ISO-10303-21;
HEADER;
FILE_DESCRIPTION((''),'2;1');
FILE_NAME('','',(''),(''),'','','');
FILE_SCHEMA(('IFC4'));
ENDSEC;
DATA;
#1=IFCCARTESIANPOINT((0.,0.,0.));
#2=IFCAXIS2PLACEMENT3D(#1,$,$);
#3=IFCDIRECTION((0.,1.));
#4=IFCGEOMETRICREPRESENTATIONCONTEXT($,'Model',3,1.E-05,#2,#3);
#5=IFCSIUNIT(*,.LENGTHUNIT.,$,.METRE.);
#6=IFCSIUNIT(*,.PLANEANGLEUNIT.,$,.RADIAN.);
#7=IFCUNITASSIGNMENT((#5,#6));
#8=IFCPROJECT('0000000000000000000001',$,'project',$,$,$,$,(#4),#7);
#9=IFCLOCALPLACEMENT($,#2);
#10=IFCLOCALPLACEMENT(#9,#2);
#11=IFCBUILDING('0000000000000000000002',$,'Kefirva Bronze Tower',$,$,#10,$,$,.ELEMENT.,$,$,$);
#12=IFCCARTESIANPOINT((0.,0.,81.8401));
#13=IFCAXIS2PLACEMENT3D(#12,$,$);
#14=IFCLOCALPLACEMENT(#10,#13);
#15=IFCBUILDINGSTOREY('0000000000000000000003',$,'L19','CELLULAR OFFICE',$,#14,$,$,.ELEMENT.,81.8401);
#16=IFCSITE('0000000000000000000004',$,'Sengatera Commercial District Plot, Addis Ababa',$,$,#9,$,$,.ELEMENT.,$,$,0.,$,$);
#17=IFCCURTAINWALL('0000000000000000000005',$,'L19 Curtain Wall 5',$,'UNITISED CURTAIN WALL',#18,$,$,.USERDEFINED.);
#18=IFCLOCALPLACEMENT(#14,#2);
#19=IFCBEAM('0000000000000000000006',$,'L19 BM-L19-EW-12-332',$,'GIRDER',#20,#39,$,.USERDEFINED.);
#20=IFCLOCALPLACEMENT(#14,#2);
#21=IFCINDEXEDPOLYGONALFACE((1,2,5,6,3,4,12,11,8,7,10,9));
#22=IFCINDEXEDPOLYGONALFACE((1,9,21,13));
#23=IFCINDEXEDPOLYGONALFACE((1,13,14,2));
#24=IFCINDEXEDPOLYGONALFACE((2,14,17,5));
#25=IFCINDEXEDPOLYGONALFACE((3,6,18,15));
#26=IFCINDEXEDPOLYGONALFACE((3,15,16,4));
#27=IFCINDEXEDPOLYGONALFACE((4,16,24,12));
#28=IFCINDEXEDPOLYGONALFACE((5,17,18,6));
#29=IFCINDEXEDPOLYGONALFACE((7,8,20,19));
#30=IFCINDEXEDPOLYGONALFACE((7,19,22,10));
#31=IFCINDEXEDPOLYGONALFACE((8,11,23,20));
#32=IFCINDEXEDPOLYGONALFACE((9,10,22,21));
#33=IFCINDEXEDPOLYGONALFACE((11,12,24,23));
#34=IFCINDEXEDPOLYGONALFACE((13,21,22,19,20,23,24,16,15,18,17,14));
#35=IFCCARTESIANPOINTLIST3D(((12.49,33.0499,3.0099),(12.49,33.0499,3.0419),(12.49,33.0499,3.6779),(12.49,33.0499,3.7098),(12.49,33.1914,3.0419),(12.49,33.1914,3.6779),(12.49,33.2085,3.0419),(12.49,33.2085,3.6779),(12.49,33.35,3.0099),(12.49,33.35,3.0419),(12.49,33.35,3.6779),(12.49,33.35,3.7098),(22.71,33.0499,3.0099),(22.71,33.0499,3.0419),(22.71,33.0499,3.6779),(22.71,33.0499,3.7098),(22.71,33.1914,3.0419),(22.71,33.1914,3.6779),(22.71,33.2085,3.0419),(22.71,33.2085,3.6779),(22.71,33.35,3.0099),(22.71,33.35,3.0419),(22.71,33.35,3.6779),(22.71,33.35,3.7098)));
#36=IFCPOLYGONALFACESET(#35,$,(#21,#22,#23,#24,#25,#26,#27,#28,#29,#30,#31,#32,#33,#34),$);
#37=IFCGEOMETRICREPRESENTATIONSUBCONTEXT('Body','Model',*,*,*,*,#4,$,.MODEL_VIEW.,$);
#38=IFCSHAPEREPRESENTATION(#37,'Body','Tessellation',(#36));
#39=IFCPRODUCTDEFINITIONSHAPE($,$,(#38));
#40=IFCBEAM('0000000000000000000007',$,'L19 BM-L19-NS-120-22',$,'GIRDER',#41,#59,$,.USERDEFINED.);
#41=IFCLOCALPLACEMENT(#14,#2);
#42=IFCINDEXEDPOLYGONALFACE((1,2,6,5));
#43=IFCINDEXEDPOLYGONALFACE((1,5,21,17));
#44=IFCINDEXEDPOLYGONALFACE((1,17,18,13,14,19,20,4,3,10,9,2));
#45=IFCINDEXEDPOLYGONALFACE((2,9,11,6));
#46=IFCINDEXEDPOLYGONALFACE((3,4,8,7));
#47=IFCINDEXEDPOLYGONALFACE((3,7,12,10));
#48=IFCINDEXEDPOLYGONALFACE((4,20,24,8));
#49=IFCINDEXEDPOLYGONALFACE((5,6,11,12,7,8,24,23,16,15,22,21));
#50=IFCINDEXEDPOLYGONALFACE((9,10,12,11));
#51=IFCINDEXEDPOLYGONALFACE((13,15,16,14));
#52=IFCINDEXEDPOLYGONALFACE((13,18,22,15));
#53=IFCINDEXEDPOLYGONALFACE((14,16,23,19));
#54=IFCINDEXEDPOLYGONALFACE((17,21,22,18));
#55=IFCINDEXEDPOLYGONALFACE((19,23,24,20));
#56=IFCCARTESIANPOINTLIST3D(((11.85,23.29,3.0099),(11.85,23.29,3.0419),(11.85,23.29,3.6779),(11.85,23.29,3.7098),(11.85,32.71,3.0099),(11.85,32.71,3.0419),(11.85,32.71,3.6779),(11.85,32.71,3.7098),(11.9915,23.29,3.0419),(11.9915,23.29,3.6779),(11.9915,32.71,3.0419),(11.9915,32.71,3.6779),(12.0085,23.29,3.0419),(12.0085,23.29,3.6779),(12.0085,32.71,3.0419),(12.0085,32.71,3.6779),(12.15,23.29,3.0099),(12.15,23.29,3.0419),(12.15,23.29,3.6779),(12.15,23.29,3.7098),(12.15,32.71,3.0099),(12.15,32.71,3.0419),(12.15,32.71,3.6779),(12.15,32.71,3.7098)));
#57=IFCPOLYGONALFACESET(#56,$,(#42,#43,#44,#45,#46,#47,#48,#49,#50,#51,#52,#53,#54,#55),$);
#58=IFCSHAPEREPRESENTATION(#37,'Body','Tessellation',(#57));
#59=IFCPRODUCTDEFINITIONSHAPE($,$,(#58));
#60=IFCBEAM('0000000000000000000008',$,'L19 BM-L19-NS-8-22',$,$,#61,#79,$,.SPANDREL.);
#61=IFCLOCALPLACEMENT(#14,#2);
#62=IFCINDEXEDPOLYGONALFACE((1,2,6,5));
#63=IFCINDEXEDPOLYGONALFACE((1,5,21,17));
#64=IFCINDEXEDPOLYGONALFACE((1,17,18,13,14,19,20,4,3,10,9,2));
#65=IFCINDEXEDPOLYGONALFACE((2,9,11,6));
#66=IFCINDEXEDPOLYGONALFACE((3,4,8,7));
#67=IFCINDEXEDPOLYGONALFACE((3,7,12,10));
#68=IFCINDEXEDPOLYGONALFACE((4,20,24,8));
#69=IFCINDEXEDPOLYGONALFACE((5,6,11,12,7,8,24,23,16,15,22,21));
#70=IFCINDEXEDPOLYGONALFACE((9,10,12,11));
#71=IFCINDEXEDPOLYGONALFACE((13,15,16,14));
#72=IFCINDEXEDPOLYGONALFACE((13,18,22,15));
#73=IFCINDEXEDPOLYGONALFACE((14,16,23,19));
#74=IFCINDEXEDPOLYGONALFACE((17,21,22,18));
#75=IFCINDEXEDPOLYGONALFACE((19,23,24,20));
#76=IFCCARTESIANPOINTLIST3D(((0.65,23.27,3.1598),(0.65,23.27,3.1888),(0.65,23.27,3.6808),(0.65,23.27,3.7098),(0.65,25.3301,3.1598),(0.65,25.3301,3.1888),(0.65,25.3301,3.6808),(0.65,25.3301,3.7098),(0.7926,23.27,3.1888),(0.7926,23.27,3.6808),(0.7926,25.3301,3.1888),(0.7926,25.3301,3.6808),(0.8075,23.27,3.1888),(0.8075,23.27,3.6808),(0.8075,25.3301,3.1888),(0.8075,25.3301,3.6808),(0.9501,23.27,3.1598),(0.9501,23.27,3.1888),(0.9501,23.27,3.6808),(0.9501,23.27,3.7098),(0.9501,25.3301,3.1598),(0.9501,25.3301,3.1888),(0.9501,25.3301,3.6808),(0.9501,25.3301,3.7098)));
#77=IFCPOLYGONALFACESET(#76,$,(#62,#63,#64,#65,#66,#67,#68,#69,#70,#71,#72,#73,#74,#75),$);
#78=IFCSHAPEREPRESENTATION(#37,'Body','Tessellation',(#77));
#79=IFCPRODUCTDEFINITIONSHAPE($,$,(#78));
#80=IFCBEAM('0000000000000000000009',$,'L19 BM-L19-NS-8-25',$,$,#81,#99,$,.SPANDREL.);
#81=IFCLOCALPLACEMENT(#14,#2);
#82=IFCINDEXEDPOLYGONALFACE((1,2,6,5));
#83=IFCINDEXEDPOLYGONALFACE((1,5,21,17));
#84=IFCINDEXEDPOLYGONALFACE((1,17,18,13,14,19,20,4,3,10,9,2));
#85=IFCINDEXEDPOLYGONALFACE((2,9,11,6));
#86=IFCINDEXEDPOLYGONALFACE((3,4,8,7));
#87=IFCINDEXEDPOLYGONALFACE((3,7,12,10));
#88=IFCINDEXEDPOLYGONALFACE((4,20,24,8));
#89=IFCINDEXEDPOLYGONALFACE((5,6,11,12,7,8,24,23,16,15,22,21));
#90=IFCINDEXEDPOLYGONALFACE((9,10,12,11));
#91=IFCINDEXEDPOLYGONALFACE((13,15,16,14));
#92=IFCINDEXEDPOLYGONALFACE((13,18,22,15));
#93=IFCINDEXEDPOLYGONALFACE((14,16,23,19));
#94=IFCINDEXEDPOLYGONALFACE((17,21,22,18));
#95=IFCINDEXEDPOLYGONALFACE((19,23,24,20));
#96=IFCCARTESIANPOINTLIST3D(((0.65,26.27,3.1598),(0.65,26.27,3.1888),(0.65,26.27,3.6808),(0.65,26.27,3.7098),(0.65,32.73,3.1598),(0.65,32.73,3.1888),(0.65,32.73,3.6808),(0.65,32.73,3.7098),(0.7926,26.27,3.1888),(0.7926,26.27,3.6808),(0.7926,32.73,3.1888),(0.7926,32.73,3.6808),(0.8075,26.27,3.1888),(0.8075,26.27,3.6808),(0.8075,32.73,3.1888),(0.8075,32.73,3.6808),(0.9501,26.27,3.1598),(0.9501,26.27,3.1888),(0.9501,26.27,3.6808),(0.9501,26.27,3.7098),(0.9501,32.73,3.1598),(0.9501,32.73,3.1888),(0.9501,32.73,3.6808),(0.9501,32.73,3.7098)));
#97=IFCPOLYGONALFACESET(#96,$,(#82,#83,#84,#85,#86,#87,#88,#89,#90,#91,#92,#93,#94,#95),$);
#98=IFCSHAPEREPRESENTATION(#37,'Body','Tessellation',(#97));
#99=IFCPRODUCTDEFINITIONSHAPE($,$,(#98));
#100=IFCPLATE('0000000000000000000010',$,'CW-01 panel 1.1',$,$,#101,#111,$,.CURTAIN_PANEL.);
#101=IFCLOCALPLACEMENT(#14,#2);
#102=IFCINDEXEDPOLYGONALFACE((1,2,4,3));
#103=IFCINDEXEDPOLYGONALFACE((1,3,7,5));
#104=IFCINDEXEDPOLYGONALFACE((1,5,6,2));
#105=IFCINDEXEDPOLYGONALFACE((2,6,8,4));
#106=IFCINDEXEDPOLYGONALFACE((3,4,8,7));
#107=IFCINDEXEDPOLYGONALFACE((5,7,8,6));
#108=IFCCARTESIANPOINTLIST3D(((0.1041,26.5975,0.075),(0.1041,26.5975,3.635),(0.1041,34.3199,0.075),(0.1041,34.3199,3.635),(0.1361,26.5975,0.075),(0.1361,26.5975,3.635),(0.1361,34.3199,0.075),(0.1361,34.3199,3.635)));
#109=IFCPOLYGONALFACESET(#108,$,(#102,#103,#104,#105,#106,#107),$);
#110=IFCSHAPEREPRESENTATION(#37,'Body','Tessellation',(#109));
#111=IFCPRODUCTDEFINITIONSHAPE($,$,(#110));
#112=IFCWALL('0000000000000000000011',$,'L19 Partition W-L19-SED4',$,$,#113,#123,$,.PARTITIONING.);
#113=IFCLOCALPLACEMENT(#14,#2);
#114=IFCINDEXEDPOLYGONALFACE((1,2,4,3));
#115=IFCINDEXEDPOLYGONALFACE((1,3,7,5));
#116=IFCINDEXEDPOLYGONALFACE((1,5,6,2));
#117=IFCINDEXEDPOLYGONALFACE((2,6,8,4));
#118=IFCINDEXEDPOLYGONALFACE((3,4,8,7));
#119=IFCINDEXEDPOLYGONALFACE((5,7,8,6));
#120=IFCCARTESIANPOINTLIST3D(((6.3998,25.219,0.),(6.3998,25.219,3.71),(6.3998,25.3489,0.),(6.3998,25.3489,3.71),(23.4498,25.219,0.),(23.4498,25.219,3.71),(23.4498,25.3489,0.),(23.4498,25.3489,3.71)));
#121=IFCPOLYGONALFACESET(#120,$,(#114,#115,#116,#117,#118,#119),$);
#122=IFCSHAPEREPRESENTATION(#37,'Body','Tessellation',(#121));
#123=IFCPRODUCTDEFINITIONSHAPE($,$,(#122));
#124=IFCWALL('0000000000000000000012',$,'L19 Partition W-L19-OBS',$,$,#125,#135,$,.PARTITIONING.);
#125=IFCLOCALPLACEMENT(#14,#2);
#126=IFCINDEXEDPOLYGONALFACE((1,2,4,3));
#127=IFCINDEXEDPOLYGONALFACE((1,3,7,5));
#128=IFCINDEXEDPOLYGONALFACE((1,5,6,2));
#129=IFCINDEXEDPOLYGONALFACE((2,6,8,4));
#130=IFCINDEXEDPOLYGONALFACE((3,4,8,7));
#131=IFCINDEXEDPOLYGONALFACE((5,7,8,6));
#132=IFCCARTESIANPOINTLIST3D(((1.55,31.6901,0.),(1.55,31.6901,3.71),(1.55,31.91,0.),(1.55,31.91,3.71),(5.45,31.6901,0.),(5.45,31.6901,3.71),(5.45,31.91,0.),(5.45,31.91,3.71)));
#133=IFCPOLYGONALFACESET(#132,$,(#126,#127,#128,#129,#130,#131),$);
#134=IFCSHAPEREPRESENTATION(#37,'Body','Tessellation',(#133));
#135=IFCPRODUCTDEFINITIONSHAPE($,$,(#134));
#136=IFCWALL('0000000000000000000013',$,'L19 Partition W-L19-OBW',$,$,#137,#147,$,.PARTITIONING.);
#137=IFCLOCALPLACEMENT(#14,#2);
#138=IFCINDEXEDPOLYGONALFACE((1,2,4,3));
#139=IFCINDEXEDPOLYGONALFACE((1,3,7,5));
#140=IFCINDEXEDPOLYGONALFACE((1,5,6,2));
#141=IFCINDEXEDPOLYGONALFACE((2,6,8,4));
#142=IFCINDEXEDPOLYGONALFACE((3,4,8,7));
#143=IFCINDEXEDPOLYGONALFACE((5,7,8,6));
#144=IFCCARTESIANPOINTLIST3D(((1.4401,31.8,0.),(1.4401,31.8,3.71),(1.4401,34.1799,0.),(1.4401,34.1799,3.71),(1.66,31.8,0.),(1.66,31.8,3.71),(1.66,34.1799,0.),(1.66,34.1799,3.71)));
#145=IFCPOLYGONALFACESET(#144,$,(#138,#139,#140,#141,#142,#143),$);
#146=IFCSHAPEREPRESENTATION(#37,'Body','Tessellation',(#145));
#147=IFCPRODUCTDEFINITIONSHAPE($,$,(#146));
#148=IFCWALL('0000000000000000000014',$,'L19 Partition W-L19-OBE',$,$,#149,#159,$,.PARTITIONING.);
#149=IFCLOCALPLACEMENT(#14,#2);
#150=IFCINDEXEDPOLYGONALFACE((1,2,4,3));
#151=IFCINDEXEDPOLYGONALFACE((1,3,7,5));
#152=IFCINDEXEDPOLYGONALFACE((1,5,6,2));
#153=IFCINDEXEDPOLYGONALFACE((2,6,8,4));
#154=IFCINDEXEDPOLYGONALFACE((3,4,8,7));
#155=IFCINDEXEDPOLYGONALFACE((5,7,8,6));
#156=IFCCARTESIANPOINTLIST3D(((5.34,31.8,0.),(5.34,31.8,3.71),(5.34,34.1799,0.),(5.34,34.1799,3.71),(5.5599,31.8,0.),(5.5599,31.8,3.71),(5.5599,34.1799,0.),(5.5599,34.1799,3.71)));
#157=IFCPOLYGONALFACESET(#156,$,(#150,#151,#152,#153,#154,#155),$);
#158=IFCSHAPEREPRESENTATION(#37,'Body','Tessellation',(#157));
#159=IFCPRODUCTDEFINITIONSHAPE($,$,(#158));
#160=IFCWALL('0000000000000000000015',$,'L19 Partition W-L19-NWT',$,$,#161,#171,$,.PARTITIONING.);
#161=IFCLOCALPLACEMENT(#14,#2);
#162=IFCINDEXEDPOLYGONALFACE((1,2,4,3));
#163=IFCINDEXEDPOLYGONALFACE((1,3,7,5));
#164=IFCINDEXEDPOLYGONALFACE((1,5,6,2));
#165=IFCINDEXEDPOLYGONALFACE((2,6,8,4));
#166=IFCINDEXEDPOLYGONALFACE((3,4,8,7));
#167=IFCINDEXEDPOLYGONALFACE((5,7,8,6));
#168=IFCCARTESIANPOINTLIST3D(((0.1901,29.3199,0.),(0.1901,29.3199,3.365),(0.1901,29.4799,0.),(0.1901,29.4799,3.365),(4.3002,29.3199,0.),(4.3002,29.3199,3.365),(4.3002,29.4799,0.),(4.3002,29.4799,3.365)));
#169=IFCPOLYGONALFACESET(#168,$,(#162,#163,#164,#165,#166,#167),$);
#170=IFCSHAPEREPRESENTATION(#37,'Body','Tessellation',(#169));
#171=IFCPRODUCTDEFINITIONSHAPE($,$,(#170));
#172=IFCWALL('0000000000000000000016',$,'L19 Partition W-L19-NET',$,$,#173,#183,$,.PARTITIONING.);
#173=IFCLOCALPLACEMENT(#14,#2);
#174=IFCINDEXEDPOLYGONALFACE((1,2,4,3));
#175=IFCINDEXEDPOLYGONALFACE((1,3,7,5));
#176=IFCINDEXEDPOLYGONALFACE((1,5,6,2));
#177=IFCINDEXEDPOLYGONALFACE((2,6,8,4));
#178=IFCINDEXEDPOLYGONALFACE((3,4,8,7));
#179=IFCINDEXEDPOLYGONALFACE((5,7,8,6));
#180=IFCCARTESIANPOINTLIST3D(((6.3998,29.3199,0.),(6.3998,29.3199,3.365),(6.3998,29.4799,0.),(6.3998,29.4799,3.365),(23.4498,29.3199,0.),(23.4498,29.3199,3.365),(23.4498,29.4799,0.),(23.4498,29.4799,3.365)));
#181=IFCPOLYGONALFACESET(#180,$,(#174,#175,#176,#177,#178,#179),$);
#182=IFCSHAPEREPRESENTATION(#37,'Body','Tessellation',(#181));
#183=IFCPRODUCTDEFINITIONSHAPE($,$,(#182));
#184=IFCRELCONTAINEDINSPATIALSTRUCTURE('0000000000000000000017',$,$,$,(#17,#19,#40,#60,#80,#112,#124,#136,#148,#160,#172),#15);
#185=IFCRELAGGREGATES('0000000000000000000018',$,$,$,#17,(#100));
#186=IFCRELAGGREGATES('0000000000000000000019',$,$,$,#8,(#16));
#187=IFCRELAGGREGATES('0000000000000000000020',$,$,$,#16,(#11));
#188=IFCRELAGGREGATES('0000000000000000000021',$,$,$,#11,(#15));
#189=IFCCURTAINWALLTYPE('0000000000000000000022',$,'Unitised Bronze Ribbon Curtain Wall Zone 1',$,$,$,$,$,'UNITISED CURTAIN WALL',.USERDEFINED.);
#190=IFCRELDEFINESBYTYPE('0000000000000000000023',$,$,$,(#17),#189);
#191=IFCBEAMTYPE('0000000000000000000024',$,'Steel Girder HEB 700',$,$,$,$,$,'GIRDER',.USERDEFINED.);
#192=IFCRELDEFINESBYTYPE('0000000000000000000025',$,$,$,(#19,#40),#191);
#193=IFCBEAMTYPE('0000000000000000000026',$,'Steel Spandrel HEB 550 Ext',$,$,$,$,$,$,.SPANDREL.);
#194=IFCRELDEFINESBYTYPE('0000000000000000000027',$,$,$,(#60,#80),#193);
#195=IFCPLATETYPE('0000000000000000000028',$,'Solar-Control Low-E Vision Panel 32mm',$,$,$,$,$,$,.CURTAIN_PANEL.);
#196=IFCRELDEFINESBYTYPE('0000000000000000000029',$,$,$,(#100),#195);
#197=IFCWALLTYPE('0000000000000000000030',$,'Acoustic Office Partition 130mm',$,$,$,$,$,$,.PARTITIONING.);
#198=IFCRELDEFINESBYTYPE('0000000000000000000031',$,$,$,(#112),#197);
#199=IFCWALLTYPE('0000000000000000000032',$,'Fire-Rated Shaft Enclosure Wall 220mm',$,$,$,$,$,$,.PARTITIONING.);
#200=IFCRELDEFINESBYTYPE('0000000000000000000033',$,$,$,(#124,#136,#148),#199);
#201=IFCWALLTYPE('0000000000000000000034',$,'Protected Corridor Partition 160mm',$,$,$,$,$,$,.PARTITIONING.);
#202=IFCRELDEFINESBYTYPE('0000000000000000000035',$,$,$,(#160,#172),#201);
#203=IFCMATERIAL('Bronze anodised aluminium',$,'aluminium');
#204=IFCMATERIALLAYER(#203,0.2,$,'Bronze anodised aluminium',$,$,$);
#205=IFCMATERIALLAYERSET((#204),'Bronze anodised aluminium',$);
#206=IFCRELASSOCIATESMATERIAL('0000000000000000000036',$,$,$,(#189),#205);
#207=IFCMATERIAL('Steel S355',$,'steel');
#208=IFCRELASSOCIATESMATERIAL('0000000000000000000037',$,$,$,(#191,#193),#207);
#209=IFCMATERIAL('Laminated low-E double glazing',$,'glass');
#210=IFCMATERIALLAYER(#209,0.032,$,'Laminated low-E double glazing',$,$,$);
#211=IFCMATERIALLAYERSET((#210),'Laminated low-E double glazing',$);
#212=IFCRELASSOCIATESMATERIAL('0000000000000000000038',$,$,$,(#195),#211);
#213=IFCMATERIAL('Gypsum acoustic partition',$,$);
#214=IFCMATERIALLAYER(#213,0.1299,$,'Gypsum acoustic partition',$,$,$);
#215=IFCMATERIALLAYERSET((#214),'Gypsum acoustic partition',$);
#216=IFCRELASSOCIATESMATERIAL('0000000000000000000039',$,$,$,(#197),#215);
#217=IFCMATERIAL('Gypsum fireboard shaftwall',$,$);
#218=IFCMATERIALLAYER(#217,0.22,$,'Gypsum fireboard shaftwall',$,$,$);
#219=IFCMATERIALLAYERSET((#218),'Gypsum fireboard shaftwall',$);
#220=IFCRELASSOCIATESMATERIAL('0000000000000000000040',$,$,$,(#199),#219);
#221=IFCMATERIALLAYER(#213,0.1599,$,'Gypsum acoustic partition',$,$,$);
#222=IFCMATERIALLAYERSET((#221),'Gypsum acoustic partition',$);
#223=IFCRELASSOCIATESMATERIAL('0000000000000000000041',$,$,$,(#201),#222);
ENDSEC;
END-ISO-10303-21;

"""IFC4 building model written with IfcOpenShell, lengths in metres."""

from ifc_helpers import new_model, si_unit, direction, frame, frame_2d, origin, origin_2d, place, context, subcontext, project, spatial, rectangle, i_section, extrude, material, layer, layer_set, material_profile, profile_set, type_object, element, aggregate, save


model = new_model("IFC4")

# Units and contexts
model_context = context("Model", 3, precision=1e-05, world=origin(), true_north=direction((0.0, 1.0)))
body_context = subcontext(model_context, "Body", "Model", "MODEL_VIEW")
ifc_project = project(units=[si_unit("LENGTHUNIT", "METRE"), si_unit("PLANEANGLEUNIT", "RADIAN")], contexts=[model_context])

# Site, building, storey
site_placement = place(None, origin())
site = spatial("IfcSite", under=ifc_project, at=site_placement, Name="Sengatera Commercial District Plot, Addis Ababa", CompositionType="ELEMENT", RefElevation=0.0)
building_placement = place(site_placement, origin())
building = spatial("IfcBuilding", under=site, at=building_placement, Name="Kefirva Bronze Tower", CompositionType="ELEMENT")
storey_placement = place(building_placement, frame((0.0, 0.0, 81.8401)))
storey = spatial("IfcBuildingStorey", under=building, at=storey_placement, Name="L19", Description="CELLULAR OFFICE", CompositionType="ELEMENT", Elevation=81.8401)

# Curtain wall
ifc_material_1 = material(Name="Bronze anodised aluminium", Category="aluminium")
ifc_layer_1 = layer(ifc_material_1, 0.2, Name="Bronze anodised aluminium")
ifc_layer_set_1 = layer_set([ifc_layer_1], Name="Bronze anodised aluminium")
curtain_wall_type = type_object("IfcCurtainWallType", Name="Unitised Bronze Ribbon Curtain Wall Zone 1", ElementType="UNITISED CURTAIN WALL", PredefinedType="USERDEFINED", material=ifc_layer_set_1)
curtain_wall_placement = place(storey_placement, origin())
curtain_wall = element("IfcCurtainWall", 1, at=curtain_wall_placement, inside=storey, type_object=curtain_wall_type, Name="L19 Curtain Wall 5", ObjectType="UNITISED CURTAIN WALL", PredefinedType="USERDEFINED")

# Beams
ifc_material_2 = material(Name="Steel S355", Category="steel")
ifc_material_profile_1 = material_profile(ifc_material_2, i_section(OverallWidth=0.3, OverallDepth=0.7, WebThickness=0.0171, FlangeThickness=0.032, at=origin_2d()), Name="HEB 700")
ifc_profile_set_1 = profile_set([ifc_material_profile_1], Name="Steel S355")
beam_type_1 = type_object("IfcBeamType", Name="Steel Girder HEB 700", ElementType="GIRDER", PredefinedType="USERDEFINED", material=ifc_profile_set_1)
beam_1_placement = place(storey_placement, frame((12.49, 33.2, 3.3599), z_axis=(1.0, 0.0, 0.0), x_axis=(0.0, 1.0, 0.0)))
element("IfcBeam", 2, at=beam_1_placement, inside=storey, type_object=beam_type_1, Name="L19 BM-L19-EW-12-332", ObjectType="GIRDER", PredefinedType="USERDEFINED", context=body_context, shape_type="SweptSolid", body=[
    extrude(i_section(OverallWidth=0.3, OverallDepth=0.7, WebThickness=0.0171, FlangeThickness=0.032, at=origin_2d()), origin(), (0.0, 0.0, 1.0), 10.22),
])
beam_2_placement = place(storey_placement, frame((12.0, 23.29, 3.3599), z_axis=(0.0, 1.0, 0.0), x_axis=(-1.0, 0.0, 0.0)))
element("IfcBeam", 3, at=beam_2_placement, inside=storey, type_object=beam_type_1, Name="L19 BM-L19-NS-120-22", ObjectType="GIRDER", PredefinedType="USERDEFINED", context=body_context, shape_type="SweptSolid", body=[
    extrude(i_section(OverallWidth=0.3, OverallDepth=0.7, WebThickness=0.0171, FlangeThickness=0.032, at=origin_2d()), origin(), (0.0, 0.0, 1.0), 9.4199),
])
ifc_material_profile_2 = material_profile(ifc_material_2, i_section(OverallWidth=0.3, OverallDepth=0.55, WebThickness=0.0149, FlangeThickness=0.0291, at=origin_2d()), Name="HEB 550")
ifc_profile_set_2 = profile_set([ifc_material_profile_2], Name="Steel S355")
beam_type_2 = type_object("IfcBeamType", Name="Steel Spandrel HEB 550 Ext", PredefinedType="SPANDREL", material=ifc_profile_set_2)
beam_3_placement = place(storey_placement, frame((0.8, 23.27, 3.4348), z_axis=(0.0, 1.0, 0.0), x_axis=(-1.0, 0.0, 0.0)))
element("IfcBeam", 4, at=beam_3_placement, inside=storey, type_object=beam_type_2, Name="L19 BM-L19-NS-8-22", PredefinedType="SPANDREL", context=body_context, shape_type="SweptSolid", body=[
    extrude(i_section(OverallWidth=0.3, OverallDepth=0.55, WebThickness=0.0149, FlangeThickness=0.0291, at=origin_2d()), origin(), (0.0, 0.0, 1.0), 2.0601),
])
beam_4_placement = place(storey_placement, frame((0.8, 26.27, 3.4348), z_axis=(0.0, 1.0, 0.0), x_axis=(-1.0, 0.0, 0.0)))
element("IfcBeam", 5, at=beam_4_placement, inside=storey, type_object=beam_type_2, Name="L19 BM-L19-NS-8-25", PredefinedType="SPANDREL", context=body_context, shape_type="SweptSolid", body=[
    extrude(i_section(OverallWidth=0.3, OverallDepth=0.55, WebThickness=0.0149, FlangeThickness=0.0291, at=origin_2d()), origin(), (0.0, 0.0, 1.0), 6.46),
])

# Plate
ifc_material_3 = material(Name="Laminated low-E double glazing", Category="glass")
ifc_layer_2 = layer(ifc_material_3, 0.032, Name="Laminated low-E double glazing")
ifc_layer_set_2 = layer_set([ifc_layer_2], Name="Laminated low-E double glazing")
plate_type = type_object("IfcPlateType", Name="Solar-Control Low-E Vision Panel 32mm", PredefinedType="CURTAIN_PANEL", material=ifc_layer_set_2)
plate_placement = place(storey_placement, frame((0.1201, 30.4587, 0.075), z_axis=(0.0, 0.0, 1.0), x_axis=(0.0, -1.0, 0.0)))
plate = element("IfcPlate", 6, at=plate_placement, type_object=plate_type, Name="CW-01 panel 1.1", PredefinedType="CURTAIN_PANEL", context=body_context, shape_type="SweptSolid", body=[
    extrude(rectangle(XDim=7.7224, YDim=0.032, at=origin_2d()), origin(), (0.0, 0.0, 1.0), 3.5601),
])
aggregate(curtain_wall, [plate])

# Walls
ifc_material_4 = material(Name="Gypsum acoustic partition")
ifc_layer_3 = layer(ifc_material_4, 0.1299, Name="Gypsum acoustic partition")
ifc_layer_set_3 = layer_set([ifc_layer_3], Name="Gypsum acoustic partition")
wall_type_1 = type_object("IfcWallType", Name="Acoustic Office Partition 130mm", PredefinedType="PARTITIONING", material=ifc_layer_set_3)
wall_1_placement = place(storey_placement, frame((6.3999, 25.2839, 0.0), z_axis=(0.0, 0.0, 1.0), x_axis=(1.0, 0.0, 0.0)))
element("IfcWall", 7, at=wall_1_placement, inside=storey, type_object=wall_type_1, Name="L19 Partition W-L19-SED4", PredefinedType="PARTITIONING", context=body_context, shape_type="SweptSolid", body=[
    extrude(rectangle(XDim=17.05, YDim=0.1299, at=frame_2d((8.5249, 0.0))), origin(), (0.0, 0.0, 1.0), 3.71),
])
ifc_material_5 = material(Name="Gypsum fireboard shaftwall")
ifc_layer_4 = layer(ifc_material_5, 0.22, Name="Gypsum fireboard shaftwall")
ifc_layer_set_4 = layer_set([ifc_layer_4], Name="Gypsum fireboard shaftwall")
wall_type_2 = type_object("IfcWallType", Name="Fire-Rated Shaft Enclosure Wall 220mm", PredefinedType="PARTITIONING", material=ifc_layer_set_4)
wall_2_placement = place(storey_placement, frame((1.55, 31.8, 0.0), z_axis=(0.0, 0.0, 1.0), x_axis=(1.0, 0.0, 0.0)))
element("IfcWall", 8, at=wall_2_placement, inside=storey, type_object=wall_type_2, Name="L19 Partition W-L19-OBS", PredefinedType="PARTITIONING", context=body_context, shape_type="SweptSolid", body=[
    extrude(rectangle(XDim=3.8999, YDim=0.22, at=frame_2d((1.95, 0.0))), origin(), (0.0, 0.0, 1.0), 3.71),
])
for number, where, z_axis, x_axis, name in (
    (9, (1.55, 31.8, 0.0), (0.0, 0.0, 1.0), (0.0, 1.0, 0.0), "L19 Partition W-L19-OBW"),
    (10, (5.45, 31.8, 0.0), (0.0, 0.0, 1.0), (0.0, 1.0, 0.0), "L19 Partition W-L19-OBE"),
):
    element("IfcWall", number, at=place(storey_placement, frame(where, z_axis=z_axis, x_axis=x_axis)), inside=storey, type_object=wall_type_2, Name=name, PredefinedType="PARTITIONING", context=body_context, shape_type="SweptSolid", body=[
        extrude(rectangle(XDim=2.3799, YDim=0.22, at=frame_2d((1.1899, 0.0))), origin(), (0.0, 0.0, 1.0), 3.71),
    ])
ifc_layer_5 = layer(ifc_material_4, 0.1599, Name="Gypsum acoustic partition")
ifc_layer_set_5 = layer_set([ifc_layer_5], Name="Gypsum acoustic partition")
wall_type_3 = type_object("IfcWallType", Name="Protected Corridor Partition 160mm", PredefinedType="PARTITIONING", material=ifc_layer_set_5)
wall_3_placement = place(storey_placement, frame((0.1899, 29.3999, 0.0), z_axis=(0.0, 0.0, 1.0), x_axis=(1.0, 0.0, 0.0)))
element("IfcWall", 11, at=wall_3_placement, inside=storey, type_object=wall_type_3, Name="L19 Partition W-L19-NWT", PredefinedType="PARTITIONING", context=body_context, shape_type="SweptSolid", body=[
    extrude(rectangle(XDim=4.1101, YDim=0.1599, at=frame_2d((2.0552, 0.0))), origin(), (0.0, 0.0, 1.0), 3.365),
])
wall_4_placement = place(storey_placement, frame((6.3999, 29.3999, 0.0), z_axis=(0.0, 0.0, 1.0), x_axis=(1.0, 0.0, 0.0)))
element("IfcWall", 12, at=wall_4_placement, inside=storey, type_object=wall_type_3, Name="L19 Partition W-L19-NET", PredefinedType="PARTITIONING", context=body_context, shape_type="SweptSolid", body=[
    extrude(rectangle(XDim=17.05, YDim=0.1599, at=frame_2d((8.5249, 0.0))), origin(), (0.0, 0.0, 1.0), 3.365),
])

save(model, "model.ifc")
